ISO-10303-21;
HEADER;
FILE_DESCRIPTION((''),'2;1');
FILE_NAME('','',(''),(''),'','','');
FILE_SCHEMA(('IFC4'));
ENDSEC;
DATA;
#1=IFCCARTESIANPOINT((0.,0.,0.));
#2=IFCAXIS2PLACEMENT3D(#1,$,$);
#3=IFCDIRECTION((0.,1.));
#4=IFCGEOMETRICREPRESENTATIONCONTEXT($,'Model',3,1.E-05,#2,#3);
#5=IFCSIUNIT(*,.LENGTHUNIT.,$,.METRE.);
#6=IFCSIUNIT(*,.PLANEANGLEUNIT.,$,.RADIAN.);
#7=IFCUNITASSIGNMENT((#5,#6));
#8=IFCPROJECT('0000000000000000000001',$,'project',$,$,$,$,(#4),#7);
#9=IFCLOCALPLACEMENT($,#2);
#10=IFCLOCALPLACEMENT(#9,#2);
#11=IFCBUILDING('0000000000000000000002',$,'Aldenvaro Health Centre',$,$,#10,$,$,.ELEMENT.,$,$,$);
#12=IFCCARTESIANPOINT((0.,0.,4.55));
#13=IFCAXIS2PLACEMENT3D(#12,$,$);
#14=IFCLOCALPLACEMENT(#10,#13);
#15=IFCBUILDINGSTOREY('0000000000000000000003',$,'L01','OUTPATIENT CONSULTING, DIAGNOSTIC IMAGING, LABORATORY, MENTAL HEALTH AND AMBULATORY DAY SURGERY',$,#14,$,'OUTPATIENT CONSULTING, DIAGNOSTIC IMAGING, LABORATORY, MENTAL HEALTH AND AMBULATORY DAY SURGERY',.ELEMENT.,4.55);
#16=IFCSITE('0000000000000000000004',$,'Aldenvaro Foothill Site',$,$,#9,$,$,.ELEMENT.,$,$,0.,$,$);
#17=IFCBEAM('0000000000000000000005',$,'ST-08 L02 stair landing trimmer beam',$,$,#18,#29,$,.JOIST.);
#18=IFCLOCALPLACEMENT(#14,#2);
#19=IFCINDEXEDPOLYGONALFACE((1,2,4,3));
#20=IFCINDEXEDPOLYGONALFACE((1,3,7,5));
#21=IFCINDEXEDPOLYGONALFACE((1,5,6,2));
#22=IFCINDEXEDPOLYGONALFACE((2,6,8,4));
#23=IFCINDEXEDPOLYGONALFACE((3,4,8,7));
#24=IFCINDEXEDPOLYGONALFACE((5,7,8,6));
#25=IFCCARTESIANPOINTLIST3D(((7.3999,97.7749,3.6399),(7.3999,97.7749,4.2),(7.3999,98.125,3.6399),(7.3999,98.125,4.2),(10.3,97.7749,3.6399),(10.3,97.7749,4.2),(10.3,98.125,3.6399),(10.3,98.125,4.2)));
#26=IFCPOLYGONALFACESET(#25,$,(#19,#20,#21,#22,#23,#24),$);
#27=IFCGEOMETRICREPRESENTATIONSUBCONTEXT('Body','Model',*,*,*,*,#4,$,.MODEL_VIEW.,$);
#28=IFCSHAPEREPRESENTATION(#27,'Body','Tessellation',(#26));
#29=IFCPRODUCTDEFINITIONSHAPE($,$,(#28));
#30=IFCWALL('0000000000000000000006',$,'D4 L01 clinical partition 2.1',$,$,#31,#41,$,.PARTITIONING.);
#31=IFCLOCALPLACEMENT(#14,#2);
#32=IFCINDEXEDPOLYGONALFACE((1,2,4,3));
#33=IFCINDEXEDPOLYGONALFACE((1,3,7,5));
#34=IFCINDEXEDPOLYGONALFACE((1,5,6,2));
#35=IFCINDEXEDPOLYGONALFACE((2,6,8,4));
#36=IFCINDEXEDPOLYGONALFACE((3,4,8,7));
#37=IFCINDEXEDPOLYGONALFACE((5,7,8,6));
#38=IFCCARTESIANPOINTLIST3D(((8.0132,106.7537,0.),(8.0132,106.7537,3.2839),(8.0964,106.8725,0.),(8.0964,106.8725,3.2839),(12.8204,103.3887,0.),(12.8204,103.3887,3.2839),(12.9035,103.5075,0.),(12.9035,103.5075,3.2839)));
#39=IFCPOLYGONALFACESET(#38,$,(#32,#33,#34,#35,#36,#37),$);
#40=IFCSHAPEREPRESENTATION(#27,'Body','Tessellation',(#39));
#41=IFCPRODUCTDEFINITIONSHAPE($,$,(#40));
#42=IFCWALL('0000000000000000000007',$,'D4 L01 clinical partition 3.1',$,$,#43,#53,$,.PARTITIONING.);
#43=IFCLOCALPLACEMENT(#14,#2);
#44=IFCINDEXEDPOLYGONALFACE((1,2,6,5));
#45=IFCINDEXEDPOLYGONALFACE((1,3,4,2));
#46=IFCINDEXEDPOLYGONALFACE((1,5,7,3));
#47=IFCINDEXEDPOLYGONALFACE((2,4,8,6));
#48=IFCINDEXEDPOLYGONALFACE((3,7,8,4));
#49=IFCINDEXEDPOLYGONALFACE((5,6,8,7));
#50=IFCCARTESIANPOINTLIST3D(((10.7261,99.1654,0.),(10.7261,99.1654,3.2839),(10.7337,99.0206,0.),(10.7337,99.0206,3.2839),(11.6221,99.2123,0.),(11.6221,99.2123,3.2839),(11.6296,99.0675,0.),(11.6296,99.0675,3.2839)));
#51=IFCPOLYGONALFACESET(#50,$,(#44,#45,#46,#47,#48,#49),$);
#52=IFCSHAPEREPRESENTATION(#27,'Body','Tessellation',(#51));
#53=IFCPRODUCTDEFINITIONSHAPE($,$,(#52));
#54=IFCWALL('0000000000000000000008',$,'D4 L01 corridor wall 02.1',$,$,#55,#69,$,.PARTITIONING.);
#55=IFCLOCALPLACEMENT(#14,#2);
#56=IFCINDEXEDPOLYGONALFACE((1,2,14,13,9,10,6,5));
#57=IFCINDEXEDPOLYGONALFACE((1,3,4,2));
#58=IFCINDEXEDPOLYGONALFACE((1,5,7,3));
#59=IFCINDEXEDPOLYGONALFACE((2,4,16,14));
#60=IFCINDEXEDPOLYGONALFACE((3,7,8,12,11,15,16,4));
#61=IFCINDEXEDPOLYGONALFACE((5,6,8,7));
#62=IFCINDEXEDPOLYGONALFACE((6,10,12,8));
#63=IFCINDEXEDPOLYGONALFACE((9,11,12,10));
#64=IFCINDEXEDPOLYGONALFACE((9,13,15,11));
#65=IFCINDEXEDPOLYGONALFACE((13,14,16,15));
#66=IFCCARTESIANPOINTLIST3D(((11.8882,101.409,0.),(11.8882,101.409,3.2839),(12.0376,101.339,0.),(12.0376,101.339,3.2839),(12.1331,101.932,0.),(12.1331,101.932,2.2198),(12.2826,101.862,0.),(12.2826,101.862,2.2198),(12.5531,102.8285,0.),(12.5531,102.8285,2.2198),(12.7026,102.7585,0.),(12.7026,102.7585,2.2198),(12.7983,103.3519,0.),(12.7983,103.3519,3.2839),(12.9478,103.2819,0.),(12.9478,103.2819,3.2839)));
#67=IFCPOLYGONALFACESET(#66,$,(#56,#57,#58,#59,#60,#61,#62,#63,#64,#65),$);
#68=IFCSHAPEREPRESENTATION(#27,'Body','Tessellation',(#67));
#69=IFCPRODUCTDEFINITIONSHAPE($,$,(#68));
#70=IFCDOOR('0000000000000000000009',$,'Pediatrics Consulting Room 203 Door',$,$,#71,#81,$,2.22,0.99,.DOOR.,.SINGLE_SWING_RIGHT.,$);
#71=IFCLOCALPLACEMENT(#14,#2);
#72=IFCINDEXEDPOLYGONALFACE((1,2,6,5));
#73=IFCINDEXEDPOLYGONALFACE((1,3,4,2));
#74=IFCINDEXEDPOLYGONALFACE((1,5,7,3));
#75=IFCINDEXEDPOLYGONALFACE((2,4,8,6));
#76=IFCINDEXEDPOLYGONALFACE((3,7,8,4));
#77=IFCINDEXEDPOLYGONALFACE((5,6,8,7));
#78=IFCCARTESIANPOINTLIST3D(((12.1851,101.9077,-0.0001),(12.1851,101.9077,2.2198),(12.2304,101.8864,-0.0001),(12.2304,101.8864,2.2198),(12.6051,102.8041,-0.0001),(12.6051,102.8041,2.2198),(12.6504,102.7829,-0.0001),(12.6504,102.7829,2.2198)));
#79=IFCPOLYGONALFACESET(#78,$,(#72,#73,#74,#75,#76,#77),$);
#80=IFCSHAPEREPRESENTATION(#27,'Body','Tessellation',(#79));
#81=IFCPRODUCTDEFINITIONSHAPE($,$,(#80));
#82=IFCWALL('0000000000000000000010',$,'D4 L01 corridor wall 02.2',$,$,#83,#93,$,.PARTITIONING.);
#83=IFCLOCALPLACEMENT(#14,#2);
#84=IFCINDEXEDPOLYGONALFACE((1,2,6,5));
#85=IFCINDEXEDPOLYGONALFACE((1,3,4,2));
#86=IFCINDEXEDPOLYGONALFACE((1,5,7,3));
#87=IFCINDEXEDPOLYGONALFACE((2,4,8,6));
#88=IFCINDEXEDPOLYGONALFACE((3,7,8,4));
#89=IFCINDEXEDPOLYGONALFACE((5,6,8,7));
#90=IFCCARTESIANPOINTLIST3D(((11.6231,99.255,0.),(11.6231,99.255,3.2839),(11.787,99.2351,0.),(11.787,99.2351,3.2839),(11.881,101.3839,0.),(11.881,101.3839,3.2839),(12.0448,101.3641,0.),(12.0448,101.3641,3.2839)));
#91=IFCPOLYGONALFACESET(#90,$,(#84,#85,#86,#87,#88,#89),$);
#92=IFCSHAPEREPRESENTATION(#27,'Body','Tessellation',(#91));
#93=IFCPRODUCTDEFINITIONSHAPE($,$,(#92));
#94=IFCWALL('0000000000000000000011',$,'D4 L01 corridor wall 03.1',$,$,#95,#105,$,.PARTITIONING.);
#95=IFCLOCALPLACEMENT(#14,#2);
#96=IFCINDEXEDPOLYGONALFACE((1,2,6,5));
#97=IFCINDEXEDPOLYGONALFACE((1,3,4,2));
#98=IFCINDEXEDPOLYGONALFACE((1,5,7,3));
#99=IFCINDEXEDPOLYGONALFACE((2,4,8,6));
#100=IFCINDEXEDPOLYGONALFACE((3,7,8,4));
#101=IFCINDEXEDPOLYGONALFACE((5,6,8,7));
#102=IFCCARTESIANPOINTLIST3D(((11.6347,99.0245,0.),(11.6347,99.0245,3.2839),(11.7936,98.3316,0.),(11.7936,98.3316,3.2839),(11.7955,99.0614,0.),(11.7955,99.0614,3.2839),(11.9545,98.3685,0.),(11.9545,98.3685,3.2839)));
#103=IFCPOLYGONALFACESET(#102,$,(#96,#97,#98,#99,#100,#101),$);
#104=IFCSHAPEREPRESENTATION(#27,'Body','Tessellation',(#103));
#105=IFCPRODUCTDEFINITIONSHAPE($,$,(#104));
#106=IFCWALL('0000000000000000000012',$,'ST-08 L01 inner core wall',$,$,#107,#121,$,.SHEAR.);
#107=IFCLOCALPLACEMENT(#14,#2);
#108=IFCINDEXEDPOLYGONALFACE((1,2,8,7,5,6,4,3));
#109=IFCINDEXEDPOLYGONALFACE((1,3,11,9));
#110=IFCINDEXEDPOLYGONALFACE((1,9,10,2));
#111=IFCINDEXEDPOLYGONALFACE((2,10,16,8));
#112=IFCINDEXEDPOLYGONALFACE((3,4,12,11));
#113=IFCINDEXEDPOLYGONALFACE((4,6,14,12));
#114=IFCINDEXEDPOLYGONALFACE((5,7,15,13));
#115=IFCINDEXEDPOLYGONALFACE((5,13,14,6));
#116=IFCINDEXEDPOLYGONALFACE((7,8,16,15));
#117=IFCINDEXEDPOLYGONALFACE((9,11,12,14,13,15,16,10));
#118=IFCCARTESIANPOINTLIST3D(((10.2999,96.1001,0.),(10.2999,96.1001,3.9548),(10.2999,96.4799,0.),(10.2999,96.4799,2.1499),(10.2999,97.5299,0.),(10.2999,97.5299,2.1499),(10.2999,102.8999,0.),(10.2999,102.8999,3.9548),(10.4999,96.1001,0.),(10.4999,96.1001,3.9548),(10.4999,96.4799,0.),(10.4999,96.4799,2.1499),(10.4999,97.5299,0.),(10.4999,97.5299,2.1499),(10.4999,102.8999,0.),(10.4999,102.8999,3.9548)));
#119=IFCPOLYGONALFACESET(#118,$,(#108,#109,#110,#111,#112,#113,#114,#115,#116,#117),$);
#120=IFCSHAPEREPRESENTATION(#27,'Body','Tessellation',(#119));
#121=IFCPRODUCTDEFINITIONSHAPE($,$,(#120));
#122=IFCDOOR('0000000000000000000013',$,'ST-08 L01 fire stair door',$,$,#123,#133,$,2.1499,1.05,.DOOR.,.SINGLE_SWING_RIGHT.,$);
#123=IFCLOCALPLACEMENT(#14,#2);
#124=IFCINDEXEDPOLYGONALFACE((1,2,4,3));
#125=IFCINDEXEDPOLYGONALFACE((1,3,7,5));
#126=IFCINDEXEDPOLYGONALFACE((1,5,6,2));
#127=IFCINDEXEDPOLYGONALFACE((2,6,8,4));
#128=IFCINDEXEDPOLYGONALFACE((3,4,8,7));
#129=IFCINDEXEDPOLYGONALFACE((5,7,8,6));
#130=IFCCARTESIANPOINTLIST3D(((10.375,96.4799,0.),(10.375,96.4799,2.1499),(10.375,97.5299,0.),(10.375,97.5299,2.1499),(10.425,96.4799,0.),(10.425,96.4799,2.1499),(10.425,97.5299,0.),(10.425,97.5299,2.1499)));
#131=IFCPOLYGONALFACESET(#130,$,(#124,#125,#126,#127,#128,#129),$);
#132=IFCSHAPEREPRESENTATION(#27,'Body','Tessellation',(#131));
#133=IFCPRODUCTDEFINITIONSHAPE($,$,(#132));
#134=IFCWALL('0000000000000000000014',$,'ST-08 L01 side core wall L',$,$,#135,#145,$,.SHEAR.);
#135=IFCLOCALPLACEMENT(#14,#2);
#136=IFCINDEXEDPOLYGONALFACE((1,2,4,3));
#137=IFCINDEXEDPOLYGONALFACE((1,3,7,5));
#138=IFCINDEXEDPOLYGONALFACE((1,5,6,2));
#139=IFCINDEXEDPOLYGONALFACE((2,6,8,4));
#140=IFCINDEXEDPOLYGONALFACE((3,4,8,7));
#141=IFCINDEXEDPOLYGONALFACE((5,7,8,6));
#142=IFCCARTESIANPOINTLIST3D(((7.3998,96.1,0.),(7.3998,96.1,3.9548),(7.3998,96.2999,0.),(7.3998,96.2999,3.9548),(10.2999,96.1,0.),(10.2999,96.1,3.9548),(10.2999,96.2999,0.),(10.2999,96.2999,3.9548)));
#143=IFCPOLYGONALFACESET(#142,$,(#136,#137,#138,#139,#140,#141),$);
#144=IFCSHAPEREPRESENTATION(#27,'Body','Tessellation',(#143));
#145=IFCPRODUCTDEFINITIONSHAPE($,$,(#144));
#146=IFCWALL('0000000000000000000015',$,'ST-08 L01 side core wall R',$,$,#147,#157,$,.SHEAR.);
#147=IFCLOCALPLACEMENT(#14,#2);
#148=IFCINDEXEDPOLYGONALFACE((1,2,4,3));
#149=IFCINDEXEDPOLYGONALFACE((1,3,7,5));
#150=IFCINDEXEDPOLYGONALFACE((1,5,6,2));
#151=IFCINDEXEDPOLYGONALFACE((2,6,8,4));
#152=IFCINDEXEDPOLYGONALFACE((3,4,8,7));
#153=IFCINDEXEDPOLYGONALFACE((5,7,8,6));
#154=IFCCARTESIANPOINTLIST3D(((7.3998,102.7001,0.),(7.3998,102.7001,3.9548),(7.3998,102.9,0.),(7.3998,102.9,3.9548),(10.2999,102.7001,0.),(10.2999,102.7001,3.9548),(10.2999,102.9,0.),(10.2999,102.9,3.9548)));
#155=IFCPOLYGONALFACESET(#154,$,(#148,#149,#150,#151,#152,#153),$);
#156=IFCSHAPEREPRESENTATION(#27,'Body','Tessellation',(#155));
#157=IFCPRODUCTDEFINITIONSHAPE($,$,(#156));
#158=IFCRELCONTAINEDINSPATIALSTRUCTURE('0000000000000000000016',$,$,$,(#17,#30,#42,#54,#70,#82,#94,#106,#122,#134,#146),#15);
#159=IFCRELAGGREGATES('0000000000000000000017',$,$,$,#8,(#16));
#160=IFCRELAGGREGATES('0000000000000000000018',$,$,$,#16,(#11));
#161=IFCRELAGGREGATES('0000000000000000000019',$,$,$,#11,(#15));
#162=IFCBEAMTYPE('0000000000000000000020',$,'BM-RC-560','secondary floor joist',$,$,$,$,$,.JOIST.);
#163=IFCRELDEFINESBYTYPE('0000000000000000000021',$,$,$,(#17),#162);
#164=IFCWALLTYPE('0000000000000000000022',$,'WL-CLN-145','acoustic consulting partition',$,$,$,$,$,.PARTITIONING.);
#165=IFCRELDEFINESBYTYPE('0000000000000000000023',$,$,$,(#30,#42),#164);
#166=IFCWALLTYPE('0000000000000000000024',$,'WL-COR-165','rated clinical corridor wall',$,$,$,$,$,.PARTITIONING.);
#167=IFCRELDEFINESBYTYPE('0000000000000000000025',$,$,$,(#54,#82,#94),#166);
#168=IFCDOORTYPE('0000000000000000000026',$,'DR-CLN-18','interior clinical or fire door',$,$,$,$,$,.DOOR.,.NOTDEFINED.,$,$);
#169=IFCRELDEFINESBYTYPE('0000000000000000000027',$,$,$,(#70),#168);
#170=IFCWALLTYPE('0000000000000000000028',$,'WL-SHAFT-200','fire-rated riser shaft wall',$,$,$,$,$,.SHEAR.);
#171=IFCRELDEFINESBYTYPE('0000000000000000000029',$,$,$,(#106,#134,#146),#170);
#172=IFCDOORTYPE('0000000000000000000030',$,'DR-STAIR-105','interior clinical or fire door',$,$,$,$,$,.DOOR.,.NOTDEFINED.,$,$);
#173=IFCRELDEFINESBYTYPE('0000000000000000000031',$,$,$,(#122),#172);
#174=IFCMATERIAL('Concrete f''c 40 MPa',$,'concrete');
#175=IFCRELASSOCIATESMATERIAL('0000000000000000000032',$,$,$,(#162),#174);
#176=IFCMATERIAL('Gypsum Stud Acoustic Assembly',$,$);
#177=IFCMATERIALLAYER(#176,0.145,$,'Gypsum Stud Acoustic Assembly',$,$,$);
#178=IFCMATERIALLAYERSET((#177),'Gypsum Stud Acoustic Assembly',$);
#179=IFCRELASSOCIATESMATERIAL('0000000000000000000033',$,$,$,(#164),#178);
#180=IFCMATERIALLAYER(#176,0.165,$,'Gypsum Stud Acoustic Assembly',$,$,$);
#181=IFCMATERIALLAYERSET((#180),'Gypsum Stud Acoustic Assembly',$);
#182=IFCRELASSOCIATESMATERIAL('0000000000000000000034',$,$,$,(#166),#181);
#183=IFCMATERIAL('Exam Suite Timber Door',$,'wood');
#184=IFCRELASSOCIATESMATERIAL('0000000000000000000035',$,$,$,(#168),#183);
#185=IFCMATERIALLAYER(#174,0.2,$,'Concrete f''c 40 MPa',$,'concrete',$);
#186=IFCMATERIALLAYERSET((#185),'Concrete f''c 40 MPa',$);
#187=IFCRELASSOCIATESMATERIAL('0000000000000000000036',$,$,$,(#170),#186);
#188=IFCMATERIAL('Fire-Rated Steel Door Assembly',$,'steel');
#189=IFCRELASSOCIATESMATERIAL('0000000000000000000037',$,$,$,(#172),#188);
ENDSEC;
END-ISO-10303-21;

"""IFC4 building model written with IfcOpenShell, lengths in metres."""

from ifc_helpers import new_model, si_unit, direction, frame, frame_2d, origin, origin_2d, place, context, subcontext, project, spatial, rectangle, extrude, material, layer, layer_set, material_profile, profile_set, type_object, element, fill, save


model = new_model("IFC4")

# Units and contexts
model_context = context("Model", 3, precision=1e-05, world=origin(), true_north=direction((0.0, 1.0)))
body_context = subcontext(model_context, "Body", "Model", "MODEL_VIEW")
ifc_project = project(units=[si_unit("LENGTHUNIT", "METRE"), si_unit("PLANEANGLEUNIT", "RADIAN")], contexts=[model_context])

# Site, building, storey
site_placement = place(None, origin())
site = spatial("IfcSite", under=ifc_project, at=site_placement, Name="Aldenvaro Foothill Site", CompositionType="ELEMENT", RefElevation=0.0)
building_placement = place(site_placement, origin())
building = spatial("IfcBuilding", under=site, at=building_placement, Name="Aldenvaro Health Centre", CompositionType="ELEMENT")
storey_placement = place(building_placement, frame((0.0, 0.0, 4.55)))
storey = spatial("IfcBuildingStorey", under=building, at=storey_placement, Name="L01", Description="OUTPATIENT CONSULTING, DIAGNOSTIC IMAGING, LABORATORY, MENTAL HEALTH AND AMBULATORY DAY SURGERY", LongName="OUTPATIENT CONSULTING, DIAGNOSTIC IMAGING, LABORATORY, MENTAL HEALTH AND AMBULATORY DAY SURGERY", CompositionType="ELEMENT", Elevation=4.55)

# Beam
ifc_material_1 = material(Name="Concrete f'c 40 MPa", Category="concrete")
ifc_material_profile = material_profile(ifc_material_1, rectangle(XDim=0.3501, YDim=0.5601, at=origin_2d()), Name="RC 350x560", Category="concrete")
ifc_profile_set = profile_set([ifc_material_profile], Name="Concrete f'c 40 MPa")
beam_type = type_object("IfcBeamType", Name="BM-RC-560", Description="secondary floor joist", PredefinedType="JOIST", material=ifc_profile_set)
beam_placement = place(storey_placement, frame((10.3, 97.95, 3.9199), z_axis=(-1.0, 0.0, 0.0), x_axis=(0.0, -1.0, 0.0)))
element("IfcBeam", 1, at=beam_placement, inside=storey, type_object=beam_type, Name="ST-08 L02 stair landing trimmer beam", PredefinedType="JOIST", context=body_context, shape_type="SweptSolid", body=[
    extrude(rectangle(XDim=0.3501, YDim=0.5601, at=origin_2d()), origin(), (0.0, 0.0, 1.0), 2.9001),
])

# Walls
ifc_material_2 = material(Name="Gypsum Stud Acoustic Assembly")
ifc_layer_1 = layer(ifc_material_2, 0.145, Name="Gypsum Stud Acoustic Assembly")
ifc_layer_set_1 = layer_set([ifc_layer_1], Name="Gypsum Stud Acoustic Assembly")
wall_type_1 = type_object("IfcWallType", Name="WL-CLN-145", Description="acoustic consulting partition", PredefinedType="PARTITIONING", material=ifc_layer_set_1)
wall_1_placement = place(storey_placement, frame((12.8621, 103.448, 0.0), z_axis=(0.0, 0.0, 1.0), x_axis=(-0.819232, 0.573462, 0.0)))
element("IfcWall", 2, at=wall_1_placement, inside=storey, type_object=wall_type_1, Name="D4 L01 clinical partition 2.1", PredefinedType="PARTITIONING", context=body_context, shape_type="SweptSolid", body=[
    extrude(rectangle(XDim=5.8679, YDim=0.145, at=frame_2d((2.9341, 0.0))), origin(), (0.0, 0.0, 1.0), 3.2839),
])
wall_2_placement = place(storey_placement, frame((11.626, 99.1399, 0.0), z_axis=(0.0, 0.0, 1.0), x_axis=(-0.998634, -0.052245, 0.0)))
element("IfcWall", 3, at=wall_2_placement, inside=storey, type_object=wall_type_1, Name="D4 L01 clinical partition 3.1", PredefinedType="PARTITIONING", context=body_context, shape_type="SweptSolid", body=[
    extrude(rectangle(XDim=0.8972, YDim=0.145, at=frame_2d((0.4487, 0.0))), origin(), (0.0, 0.0, 1.0), 3.2839),
])

# Wall, opening, door
ifc_layer_2 = layer(ifc_material_2, 0.165, Name="Gypsum Stud Acoustic Assembly")
ifc_layer_set_2 = layer_set([ifc_layer_2], Name="Gypsum Stud Acoustic Assembly")
wall_type_2 = type_object("IfcWallType", Name="WL-COR-165", Description="rated clinical corridor wall", PredefinedType="PARTITIONING", material=ifc_layer_set_2)
wall_3_placement = place(storey_placement, frame((12.873, 103.3169, 0.0), z_axis=(0.0, 0.0, 1.0), x_axis=(-0.424218, -0.90556, 0.0)))
wall_3 = element("IfcWall", 4, at=wall_3_placement, inside=storey, type_object=wall_type_2, Name="D4 L01 corridor wall 02.1", PredefinedType="PARTITIONING", context=body_context, shape_type="SweptSolid", body=[
    extrude(rectangle(XDim=2.1455, YDim=0.165, at=frame_2d((1.0728, 0.0))), origin(), (0.0, 0.0, 1.0), 3.2839),
])
opening_1_placement = place(wall_3_placement, frame((0.5779, 0.0, 0.0)))
opening_1 = element("IfcOpeningElement", 5, at=opening_1_placement, cuts=wall_3, PredefinedType="OPENING", context=body_context, shape_type="SweptSolid", body=[
    extrude(rectangle(XDim=0.99, YDim=2.22, at=frame_2d((0.4951, 1.1099))), frame((0.0, 0.0925, 0.0), z_axis=(0.0, -1.0, 0.0), x_axis=(1.0, 0.0, 0.0)), (0.0, 0.0, 1.0), 0.1851),
])
ifc_material_3 = material(Name="Exam Suite Timber Door", Category="wood")
door_type_1 = type_object("IfcDoorType", Name="DR-CLN-18", Description="interior clinical or fire door", OperationType="NOTDEFINED", PredefinedType="DOOR", material=ifc_material_3)
door_1_placement = place(opening_1_placement, origin())
door_1 = element("IfcDoor", 6, at=door_1_placement, inside=storey, type_object=door_type_1, Name="Pediatrics Consulting Room 203 Door", OperationType="SINGLE_SWING_RIGHT", OverallHeight=2.22, OverallWidth=0.99, PredefinedType="DOOR", context=body_context, shape_type="SweptSolid", body=[
    extrude(rectangle(XDim=0.99, YDim=2.22, at=frame_2d((0.4951, 1.1099))), frame((0.0, 0.0249, 0.0), z_axis=(0.0, -1.0, 0.0), x_axis=(1.0, 0.0, 0.0)), (0.0, 0.0, 1.0), 0.05),
])
fill(opening_1, door_1)

# Walls
wall_4_placement = place(storey_placement, frame((11.9629, 101.374, 0.0), z_axis=(0.0, 0.0, 1.0), x_axis=(-0.120223, -0.992747, 0.0)))
element("IfcWall", 7, at=wall_4_placement, inside=storey, type_object=wall_type_2, Name="D4 L01 corridor wall 02.2", PredefinedType="PARTITIONING", context=body_context, shape_type="SweptSolid", body=[
    extrude(rectangle(XDim=2.1445, YDim=0.165, at=frame_2d((1.0723, 0.0))), origin(), (0.0, 0.0, 1.0), 3.2839),
])
wall_5_placement = place(storey_placement, frame((11.7151, 99.043, 0.0), z_axis=(0.0, 0.0, 1.0), x_axis=(0.22358, -0.974686, 0.0)))
element("IfcWall", 8, at=wall_5_placement, inside=storey, type_object=wall_type_2, Name="D4 L01 corridor wall 03.1", PredefinedType="PARTITIONING", context=body_context, shape_type="SweptSolid", body=[
    extrude(rectangle(XDim=0.7109, YDim=0.165, at=frame_2d((0.3555, 0.0))), origin(), (0.0, 0.0, 1.0), 3.2839),
])

# Wall, opening, door
ifc_layer_3 = layer(ifc_material_1, 0.2, Name="Concrete f'c 40 MPa", Category="concrete")
ifc_layer_set_3 = layer_set([ifc_layer_3], Name="Concrete f'c 40 MPa")
wall_type_3 = type_object("IfcWallType", Name="WL-SHAFT-200", Description="fire-rated riser shaft wall", PredefinedType="SHEAR", material=ifc_layer_set_3)
wall_6_placement = place(storey_placement, frame((10.3999, 96.1001, 0.0), z_axis=(0.0, 0.0, 1.0), x_axis=(0.0, 1.0, 0.0)))
wall_6 = element("IfcWall", 9, at=wall_6_placement, inside=storey, type_object=wall_type_3, Name="ST-08 L01 inner core wall", PredefinedType="SHEAR", context=body_context, shape_type="SweptSolid", body=[
    extrude(rectangle(XDim=6.7998, YDim=0.2, at=frame_2d((3.3999, 0.0))), origin(), (0.0, 0.0, 1.0), 3.9548),
])
opening_2_placement = place(wall_6_placement, frame((0.3799, 0.0, 0.0)))
opening_2 = element("IfcOpeningElement", 10, at=opening_2_placement, cuts=wall_6, PredefinedType="OPENING", context=body_context, shape_type="SweptSolid", body=[
    extrude(rectangle(XDim=1.05, YDim=2.1499, at=frame_2d((0.5249, 1.075))), frame((0.0, 0.1099, 0.0), z_axis=(0.0, -1.0, 0.0), x_axis=(1.0, 0.0, 0.0)), (0.0, 0.0, 1.0), 0.22),
])
ifc_material_4 = material(Name="Fire-Rated Steel Door Assembly", Category="steel")
door_type_2 = type_object("IfcDoorType", Name="DR-STAIR-105", Description="interior clinical or fire door", OperationType="NOTDEFINED", PredefinedType="DOOR", material=ifc_material_4)
door_2_placement = place(opening_2_placement, origin())
door_2 = element("IfcDoor", 11, at=door_2_placement, inside=storey, type_object=door_type_2, Name="ST-08 L01 fire stair door", OperationType="SINGLE_SWING_RIGHT", OverallHeight=2.1499, OverallWidth=1.05, PredefinedType="DOOR", context=body_context, shape_type="SweptSolid", body=[
    extrude(rectangle(XDim=1.05, YDim=2.1499, at=frame_2d((0.5249, 1.075))), frame((0.0, 0.0249, 0.0), z_axis=(0.0, -1.0, 0.0), x_axis=(1.0, 0.0, 0.0)), (0.0, 0.0, 1.0), 0.05),
])
fill(opening_2, door_2)

# Walls
for number, where, z_axis, x_axis, name in (
    (12, (10.3, 96.2, 0.0), (0.0, 0.0, 1.0), (-1.0, 0.0, 0.0), "ST-08 L01 side core wall L"),
    (13, (10.3, 102.8, 0.0), (0.0, 0.0, 1.0), (-1.0, 0.0, 0.0), "ST-08 L01 side core wall R"),
):
    element("IfcWall", number, at=place(storey_placement, frame(where, z_axis=z_axis, x_axis=x_axis)), inside=storey, type_object=wall_type_3, Name=name, PredefinedType="SHEAR", context=body_context, shape_type="SweptSolid", body=[
        extrude(rectangle(XDim=2.9001, YDim=0.2, at=frame_2d((1.4502, 0.0))), origin(), (0.0, 0.0, 1.0), 3.9548),
    ])

save(model, "model.ifc")
